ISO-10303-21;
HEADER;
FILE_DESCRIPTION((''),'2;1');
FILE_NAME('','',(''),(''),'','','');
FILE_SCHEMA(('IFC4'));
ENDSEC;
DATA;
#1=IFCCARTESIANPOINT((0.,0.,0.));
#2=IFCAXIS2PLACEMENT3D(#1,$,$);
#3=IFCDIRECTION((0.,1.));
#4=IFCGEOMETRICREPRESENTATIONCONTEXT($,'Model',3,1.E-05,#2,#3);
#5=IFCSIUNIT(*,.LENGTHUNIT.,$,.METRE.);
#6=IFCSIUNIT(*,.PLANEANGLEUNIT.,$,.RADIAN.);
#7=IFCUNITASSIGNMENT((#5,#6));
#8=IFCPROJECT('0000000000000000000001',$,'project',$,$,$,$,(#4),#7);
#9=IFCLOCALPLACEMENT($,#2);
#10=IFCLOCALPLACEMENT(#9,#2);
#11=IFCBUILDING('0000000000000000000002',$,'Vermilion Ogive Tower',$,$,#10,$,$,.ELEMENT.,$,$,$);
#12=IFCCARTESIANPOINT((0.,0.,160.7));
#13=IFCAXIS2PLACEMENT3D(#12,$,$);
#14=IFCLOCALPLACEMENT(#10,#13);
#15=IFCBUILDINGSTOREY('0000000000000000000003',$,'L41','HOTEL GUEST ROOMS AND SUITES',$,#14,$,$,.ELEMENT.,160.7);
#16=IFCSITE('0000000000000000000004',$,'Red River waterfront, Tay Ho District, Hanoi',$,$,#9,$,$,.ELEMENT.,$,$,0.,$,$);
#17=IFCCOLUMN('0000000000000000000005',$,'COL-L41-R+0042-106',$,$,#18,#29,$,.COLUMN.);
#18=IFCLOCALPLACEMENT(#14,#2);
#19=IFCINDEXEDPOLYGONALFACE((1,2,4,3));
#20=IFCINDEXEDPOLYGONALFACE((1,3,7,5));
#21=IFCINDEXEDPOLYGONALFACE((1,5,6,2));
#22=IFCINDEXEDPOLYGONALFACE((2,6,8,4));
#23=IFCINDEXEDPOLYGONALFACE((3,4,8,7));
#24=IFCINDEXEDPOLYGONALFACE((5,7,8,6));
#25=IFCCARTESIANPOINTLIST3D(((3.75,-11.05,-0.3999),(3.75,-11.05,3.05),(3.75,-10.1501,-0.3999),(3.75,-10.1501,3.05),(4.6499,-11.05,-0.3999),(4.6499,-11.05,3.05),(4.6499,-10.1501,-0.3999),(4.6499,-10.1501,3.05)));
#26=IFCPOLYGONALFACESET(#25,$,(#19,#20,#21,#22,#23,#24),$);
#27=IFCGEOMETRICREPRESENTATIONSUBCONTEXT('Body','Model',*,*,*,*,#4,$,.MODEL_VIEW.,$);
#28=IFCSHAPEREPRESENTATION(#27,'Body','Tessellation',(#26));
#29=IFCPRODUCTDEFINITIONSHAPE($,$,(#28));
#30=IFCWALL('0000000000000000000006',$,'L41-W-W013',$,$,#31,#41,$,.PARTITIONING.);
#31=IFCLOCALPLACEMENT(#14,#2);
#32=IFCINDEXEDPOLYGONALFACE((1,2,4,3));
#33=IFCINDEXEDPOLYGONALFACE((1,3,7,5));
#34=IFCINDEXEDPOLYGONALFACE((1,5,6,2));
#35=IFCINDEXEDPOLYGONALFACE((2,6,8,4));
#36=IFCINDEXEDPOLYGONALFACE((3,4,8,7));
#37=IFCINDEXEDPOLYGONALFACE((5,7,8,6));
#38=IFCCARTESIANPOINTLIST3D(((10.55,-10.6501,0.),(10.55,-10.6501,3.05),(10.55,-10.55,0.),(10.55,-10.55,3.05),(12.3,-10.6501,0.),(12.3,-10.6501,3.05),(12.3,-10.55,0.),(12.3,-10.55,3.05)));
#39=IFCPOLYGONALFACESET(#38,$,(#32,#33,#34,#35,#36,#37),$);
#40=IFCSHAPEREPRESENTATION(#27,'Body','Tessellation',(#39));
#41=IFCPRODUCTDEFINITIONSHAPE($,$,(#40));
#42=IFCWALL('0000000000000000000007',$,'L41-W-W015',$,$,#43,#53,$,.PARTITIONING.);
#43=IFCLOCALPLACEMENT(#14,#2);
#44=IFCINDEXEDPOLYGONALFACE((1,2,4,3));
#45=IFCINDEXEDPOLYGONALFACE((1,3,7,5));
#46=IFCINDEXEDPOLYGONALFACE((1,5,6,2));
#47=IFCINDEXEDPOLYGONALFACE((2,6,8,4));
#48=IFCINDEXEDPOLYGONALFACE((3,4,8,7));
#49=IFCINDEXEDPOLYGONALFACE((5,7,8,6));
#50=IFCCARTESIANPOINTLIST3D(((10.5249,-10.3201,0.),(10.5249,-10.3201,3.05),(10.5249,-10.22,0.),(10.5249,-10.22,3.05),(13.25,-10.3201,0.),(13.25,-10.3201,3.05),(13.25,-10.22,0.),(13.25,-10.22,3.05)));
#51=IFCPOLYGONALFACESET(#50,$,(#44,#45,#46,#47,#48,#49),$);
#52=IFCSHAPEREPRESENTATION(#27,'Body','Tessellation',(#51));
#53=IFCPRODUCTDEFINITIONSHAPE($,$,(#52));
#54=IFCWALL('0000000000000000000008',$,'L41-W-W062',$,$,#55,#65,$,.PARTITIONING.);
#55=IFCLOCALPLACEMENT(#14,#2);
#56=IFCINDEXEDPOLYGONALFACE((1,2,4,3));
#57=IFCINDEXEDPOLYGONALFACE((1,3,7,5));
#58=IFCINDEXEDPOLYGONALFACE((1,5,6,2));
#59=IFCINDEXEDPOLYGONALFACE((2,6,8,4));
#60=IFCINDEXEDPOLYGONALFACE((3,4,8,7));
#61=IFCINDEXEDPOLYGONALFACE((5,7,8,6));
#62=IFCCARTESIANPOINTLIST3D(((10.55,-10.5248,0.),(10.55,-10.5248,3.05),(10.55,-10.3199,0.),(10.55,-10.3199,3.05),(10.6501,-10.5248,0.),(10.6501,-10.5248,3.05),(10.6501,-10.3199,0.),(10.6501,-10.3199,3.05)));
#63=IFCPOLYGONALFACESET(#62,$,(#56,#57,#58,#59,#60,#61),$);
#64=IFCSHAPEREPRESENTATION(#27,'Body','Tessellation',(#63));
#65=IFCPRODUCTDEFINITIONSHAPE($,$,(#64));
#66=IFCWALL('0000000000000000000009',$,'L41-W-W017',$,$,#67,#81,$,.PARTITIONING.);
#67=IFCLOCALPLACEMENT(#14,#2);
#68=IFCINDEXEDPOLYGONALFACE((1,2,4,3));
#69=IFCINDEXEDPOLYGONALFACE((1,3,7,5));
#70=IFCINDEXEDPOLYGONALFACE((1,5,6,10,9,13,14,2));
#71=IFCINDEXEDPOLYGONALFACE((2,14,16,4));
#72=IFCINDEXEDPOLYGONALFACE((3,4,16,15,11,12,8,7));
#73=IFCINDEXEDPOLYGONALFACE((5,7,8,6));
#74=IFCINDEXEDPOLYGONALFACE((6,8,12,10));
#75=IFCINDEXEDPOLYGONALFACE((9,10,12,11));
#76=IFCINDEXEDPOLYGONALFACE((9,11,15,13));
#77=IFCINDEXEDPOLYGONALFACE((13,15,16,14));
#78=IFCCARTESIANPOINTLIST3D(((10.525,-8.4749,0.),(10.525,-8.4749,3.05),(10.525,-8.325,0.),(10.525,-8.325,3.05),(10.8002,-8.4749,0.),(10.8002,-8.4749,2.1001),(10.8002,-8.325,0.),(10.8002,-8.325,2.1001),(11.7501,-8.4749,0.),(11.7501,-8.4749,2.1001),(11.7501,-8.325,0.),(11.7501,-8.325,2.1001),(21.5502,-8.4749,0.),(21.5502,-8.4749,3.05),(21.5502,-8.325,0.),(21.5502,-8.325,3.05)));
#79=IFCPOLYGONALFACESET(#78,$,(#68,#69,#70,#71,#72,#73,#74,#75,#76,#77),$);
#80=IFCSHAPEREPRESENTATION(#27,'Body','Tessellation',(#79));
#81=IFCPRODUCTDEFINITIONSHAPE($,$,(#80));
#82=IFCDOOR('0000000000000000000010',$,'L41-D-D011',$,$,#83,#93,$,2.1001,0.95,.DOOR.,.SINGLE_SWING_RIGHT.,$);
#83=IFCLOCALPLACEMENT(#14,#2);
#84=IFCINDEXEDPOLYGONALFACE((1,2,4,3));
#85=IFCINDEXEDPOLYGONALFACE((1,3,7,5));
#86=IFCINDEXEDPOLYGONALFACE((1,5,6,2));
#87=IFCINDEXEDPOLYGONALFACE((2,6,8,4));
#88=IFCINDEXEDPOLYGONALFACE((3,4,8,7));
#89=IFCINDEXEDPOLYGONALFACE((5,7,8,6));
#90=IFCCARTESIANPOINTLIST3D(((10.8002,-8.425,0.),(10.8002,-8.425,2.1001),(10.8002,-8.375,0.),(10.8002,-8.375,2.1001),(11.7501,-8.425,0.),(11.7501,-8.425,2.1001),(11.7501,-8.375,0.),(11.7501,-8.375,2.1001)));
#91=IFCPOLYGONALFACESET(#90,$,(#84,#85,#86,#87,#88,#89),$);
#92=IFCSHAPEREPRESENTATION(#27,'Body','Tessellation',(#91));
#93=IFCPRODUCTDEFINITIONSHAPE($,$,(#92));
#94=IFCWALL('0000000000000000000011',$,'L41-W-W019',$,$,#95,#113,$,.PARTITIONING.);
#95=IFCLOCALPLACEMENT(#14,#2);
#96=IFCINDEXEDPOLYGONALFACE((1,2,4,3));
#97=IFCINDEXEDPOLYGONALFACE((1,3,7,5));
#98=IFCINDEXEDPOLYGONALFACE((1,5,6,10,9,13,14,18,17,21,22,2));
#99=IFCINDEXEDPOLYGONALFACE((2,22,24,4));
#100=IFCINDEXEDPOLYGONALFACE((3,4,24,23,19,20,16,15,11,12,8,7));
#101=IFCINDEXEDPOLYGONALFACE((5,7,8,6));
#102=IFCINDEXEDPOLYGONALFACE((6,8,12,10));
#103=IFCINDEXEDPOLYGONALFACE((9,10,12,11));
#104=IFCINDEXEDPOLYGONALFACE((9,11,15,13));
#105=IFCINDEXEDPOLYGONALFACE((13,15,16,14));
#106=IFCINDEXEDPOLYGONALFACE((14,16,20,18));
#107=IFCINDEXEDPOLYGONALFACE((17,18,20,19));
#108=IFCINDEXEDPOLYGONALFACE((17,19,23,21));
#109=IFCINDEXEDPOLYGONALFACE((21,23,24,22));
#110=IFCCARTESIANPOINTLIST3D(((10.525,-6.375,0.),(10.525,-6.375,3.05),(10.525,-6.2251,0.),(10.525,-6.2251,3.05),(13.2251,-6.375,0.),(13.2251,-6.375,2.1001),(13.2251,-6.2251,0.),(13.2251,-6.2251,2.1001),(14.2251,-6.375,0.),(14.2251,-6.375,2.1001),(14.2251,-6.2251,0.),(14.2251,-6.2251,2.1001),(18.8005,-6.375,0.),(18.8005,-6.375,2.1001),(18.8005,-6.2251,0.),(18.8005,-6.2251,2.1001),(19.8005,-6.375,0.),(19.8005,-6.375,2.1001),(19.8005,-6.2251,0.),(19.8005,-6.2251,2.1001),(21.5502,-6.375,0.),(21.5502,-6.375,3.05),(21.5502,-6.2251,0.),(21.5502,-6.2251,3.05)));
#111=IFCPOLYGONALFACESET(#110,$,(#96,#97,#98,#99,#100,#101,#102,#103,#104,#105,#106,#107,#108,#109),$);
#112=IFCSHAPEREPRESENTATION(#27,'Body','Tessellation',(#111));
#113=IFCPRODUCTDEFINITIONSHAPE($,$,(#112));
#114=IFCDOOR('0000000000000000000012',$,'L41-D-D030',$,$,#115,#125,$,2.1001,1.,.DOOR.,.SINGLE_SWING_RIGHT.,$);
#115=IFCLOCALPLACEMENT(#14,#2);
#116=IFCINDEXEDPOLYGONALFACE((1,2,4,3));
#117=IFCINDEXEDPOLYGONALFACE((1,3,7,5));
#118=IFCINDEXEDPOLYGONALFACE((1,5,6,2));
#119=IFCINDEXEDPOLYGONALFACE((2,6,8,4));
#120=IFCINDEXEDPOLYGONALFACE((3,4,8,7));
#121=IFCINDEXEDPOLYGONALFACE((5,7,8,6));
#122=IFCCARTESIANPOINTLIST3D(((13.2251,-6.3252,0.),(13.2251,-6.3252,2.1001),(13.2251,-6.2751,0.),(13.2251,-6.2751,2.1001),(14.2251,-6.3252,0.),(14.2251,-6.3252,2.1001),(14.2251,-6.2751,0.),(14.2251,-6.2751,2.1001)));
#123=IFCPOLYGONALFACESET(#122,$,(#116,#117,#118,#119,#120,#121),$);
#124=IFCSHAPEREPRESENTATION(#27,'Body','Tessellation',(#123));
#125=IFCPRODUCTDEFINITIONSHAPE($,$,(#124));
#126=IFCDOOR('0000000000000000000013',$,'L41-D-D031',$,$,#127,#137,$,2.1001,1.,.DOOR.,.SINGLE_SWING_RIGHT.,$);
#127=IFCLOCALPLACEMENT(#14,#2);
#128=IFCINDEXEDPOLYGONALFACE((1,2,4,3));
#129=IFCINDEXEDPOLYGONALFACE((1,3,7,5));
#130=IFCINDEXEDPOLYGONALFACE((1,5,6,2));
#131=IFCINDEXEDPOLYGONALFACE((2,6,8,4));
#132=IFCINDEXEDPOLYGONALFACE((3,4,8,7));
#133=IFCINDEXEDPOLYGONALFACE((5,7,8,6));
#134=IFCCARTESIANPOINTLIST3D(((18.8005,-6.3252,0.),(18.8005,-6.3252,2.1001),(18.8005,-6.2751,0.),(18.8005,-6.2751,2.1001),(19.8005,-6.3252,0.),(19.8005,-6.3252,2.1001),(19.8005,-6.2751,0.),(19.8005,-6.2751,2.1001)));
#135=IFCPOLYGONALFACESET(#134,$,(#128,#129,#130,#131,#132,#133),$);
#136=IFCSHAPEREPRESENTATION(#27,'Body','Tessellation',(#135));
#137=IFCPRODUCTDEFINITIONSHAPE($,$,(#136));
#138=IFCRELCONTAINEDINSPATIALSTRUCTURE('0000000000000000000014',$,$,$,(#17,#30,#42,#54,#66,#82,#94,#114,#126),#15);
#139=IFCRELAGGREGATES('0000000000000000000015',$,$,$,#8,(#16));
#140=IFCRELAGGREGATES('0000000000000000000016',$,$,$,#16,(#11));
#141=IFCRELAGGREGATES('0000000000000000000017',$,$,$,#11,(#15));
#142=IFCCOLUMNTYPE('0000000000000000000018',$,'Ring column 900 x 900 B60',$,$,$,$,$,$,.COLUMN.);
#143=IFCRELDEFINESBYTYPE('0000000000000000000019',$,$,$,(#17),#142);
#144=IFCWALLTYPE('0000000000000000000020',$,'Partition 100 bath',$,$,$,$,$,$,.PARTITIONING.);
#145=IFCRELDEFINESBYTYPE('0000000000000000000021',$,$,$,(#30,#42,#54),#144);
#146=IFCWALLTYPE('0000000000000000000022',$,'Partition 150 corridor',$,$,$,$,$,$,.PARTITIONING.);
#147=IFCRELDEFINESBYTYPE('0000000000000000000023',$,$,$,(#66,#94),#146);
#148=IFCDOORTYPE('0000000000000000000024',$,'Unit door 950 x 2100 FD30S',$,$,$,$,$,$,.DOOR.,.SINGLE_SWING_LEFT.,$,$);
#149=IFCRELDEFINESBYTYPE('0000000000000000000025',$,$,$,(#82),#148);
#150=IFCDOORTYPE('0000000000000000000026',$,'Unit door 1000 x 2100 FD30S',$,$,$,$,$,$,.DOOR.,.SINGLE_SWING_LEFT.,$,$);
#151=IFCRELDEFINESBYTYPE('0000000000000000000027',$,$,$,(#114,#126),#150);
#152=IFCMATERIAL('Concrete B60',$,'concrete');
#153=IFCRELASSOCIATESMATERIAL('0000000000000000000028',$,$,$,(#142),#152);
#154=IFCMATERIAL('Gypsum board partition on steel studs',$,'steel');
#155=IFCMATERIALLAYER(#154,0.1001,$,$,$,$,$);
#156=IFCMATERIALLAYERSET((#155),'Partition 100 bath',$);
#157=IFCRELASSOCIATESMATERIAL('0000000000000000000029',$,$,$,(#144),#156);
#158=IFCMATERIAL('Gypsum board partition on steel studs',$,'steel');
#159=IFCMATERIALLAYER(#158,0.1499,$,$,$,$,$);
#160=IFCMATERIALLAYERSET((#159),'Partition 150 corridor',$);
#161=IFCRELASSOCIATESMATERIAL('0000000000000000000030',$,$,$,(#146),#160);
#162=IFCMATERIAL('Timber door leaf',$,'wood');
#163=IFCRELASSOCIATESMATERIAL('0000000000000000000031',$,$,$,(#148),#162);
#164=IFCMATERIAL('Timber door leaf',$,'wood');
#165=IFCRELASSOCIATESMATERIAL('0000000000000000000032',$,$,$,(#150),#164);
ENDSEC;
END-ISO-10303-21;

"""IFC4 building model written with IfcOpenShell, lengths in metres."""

from ifc_helpers import new_model, si_unit, direction, frame, frame_2d, origin, origin_2d, place, context, subcontext, project, spatial, rectangle, extrude, material, layer, layer_set, material_profile, profile_set, type_object, element, fill, save


model = new_model("IFC4")

# Units and contexts
model_context = context("Model", 3, precision=1e-05, world=origin(), true_north=direction((0.0, 1.0)))
body_context = subcontext(model_context, "Body", "Model", "MODEL_VIEW")
ifc_project = project(units=[si_unit("LENGTHUNIT", "METRE"), si_unit("PLANEANGLEUNIT", "RADIAN")], contexts=[model_context])

# Site, building, storey
site_placement = place(None, origin())
site = spatial("IfcSite", under=ifc_project, at=site_placement, Name="Red River waterfront, Tay Ho District, Hanoi", CompositionType="ELEMENT", RefElevation=0.0)
building_placement = place(site_placement, origin())
building = spatial("IfcBuilding", under=site, at=building_placement, Name="Vermilion Ogive Tower", CompositionType="ELEMENT")
storey_placement = place(building_placement, frame((0.0, 0.0, 160.7)))
storey = spatial("IfcBuildingStorey", under=building, at=storey_placement, Name="L41", Description="HOTEL GUEST ROOMS AND SUITES", CompositionType="ELEMENT", Elevation=160.7)

# Column
ifc_material_1 = material(Name="Concrete B60", Category="concrete")
ifc_material_profile = material_profile(ifc_material_1, rectangle(XDim=0.8999, YDim=0.8999, at=origin_2d()), Name="900 x 900")
ifc_profile_set = profile_set([ifc_material_profile], Name="Concrete B60")
column_type = type_object("IfcColumnType", Name="Ring column 900 x 900 B60", PredefinedType="COLUMN", material=ifc_profile_set)
column_placement = place(storey_placement, frame((4.2, -10.6001, -0.3999), z_axis=(0.0, 0.0, 1.0), x_axis=(1.0, 0.0, 0.0)))
element("IfcColumn", 1, at=column_placement, inside=storey, type_object=column_type, Name="COL-L41-R+0042-106", PredefinedType="COLUMN", context=body_context, shape_type="SweptSolid", body=[
    extrude(rectangle(XDim=0.8999, YDim=0.8999, at=origin_2d()), origin(), (0.0, 0.0, 1.0), 3.45),
])

# Walls
ifc_material_2 = material(Name="Gypsum board partition on steel studs", Category="steel")
ifc_layer_1 = layer(ifc_material_2, 0.1001)
ifc_layer_set_1 = layer_set([ifc_layer_1], Name="Partition 100 bath")
wall_type_1 = type_object("IfcWallType", Name="Partition 100 bath", PredefinedType="PARTITIONING", material=ifc_layer_set_1)
wall_1_placement = place(storey_placement, frame((10.55, -10.6001, 0.0), z_axis=(0.0, 0.0, 1.0), x_axis=(1.0, 0.0, 0.0)))
element("IfcWall", 2, at=wall_1_placement, inside=storey, type_object=wall_type_1, Name="L41-W-W013", PredefinedType="PARTITIONING", context=body_context, shape_type="SweptSolid", body=[
    extrude(rectangle(XDim=1.75, YDim=0.1001, at=frame_2d((0.875, 0.0))), origin(), (0.0, 0.0, 1.0), 3.05),
])
wall_2_placement = place(storey_placement, frame((10.5249, -10.27, 0.0), z_axis=(0.0, 0.0, 1.0), x_axis=(1.0, 0.0, 0.0)))
element("IfcWall", 3, at=wall_2_placement, inside=storey, type_object=wall_type_1, Name="L41-W-W015", PredefinedType="PARTITIONING", context=body_context, shape_type="SweptSolid", body=[
    extrude(rectangle(XDim=2.7251, YDim=0.1001, at=frame_2d((1.3625, 0.0))), origin(), (0.0, 0.0, 1.0), 3.05),
])
wall_3_placement = place(storey_placement, frame((10.6001, -10.5249, 0.0), z_axis=(0.0, 0.0, 1.0), x_axis=(0.0, 1.0, 0.0)))
element("IfcWall", 4, at=wall_3_placement, inside=storey, type_object=wall_type_1, Name="L41-W-W062", PredefinedType="PARTITIONING", context=body_context, shape_type="SweptSolid", body=[
    extrude(rectangle(XDim=0.2048, YDim=0.1001, at=frame_2d((0.1025, 0.0))), origin(), (0.0, 0.0, 1.0), 3.05),
])

# Wall, opening, door
ifc_material_3 = material(Name="Gypsum board partition on steel studs", Category="steel")
ifc_layer_2 = layer(ifc_material_3, 0.1499)
ifc_layer_set_2 = layer_set([ifc_layer_2], Name="Partition 150 corridor")
wall_type_2 = type_object("IfcWallType", Name="Partition 150 corridor", PredefinedType="PARTITIONING", material=ifc_layer_set_2)
wall_4_placement = place(storey_placement, frame((10.5249, -8.3999, 0.0), z_axis=(0.0, 0.0, 1.0), x_axis=(1.0, 0.0, 0.0)))
wall_4 = element("IfcWall", 5, at=wall_4_placement, inside=storey, type_object=wall_type_2, Name="L41-W-W017", PredefinedType="PARTITIONING", context=body_context, shape_type="SweptSolid", body=[
    extrude(rectangle(XDim=11.0251, YDim=0.1499, at=frame_2d((5.5127, 0.0))), origin(), (0.0, 0.0, 1.0), 3.05),
])
opening_1_placement = place(wall_4_placement, frame((0.2751, 0.0, 0.0)))
opening_1 = element("IfcOpeningElement", 6, at=opening_1_placement, cuts=wall_4, PredefinedType="OPENING", context=body_context, shape_type="SweptSolid", body=[
    extrude(rectangle(XDim=0.95, YDim=2.1001, at=frame_2d((0.4751, 1.05))), frame((0.0, 0.085, 0.0), z_axis=(0.0, -1.0, 0.0), x_axis=(1.0, 0.0, 0.0)), (0.0, 0.0, 1.0), 0.1699),
])
ifc_material_4 = material(Name="Timber door leaf", Category="wood")
door_type_1 = type_object("IfcDoorType", Name="Unit door 950 x 2100 FD30S", OperationType="SINGLE_SWING_LEFT", PredefinedType="DOOR", material=ifc_material_4)
door_1_placement = place(opening_1_placement, origin())
door_1 = element("IfcDoor", 7, at=door_1_placement, inside=storey, type_object=door_type_1, Name="L41-D-D011", OperationType="SINGLE_SWING_RIGHT", OverallHeight=2.1001, OverallWidth=0.95, PredefinedType="DOOR", context=body_context, shape_type="SweptSolid", body=[
    extrude(rectangle(XDim=0.95, YDim=2.1001, at=frame_2d((0.4751, 1.05))), frame((0.0, 0.0249, 0.0), z_axis=(0.0, -1.0, 0.0), x_axis=(1.0, 0.0, 0.0)), (0.0, 0.0, 1.0), 0.05),
])
fill(opening_1, door_1)

# Wall, openings, doors
wall_5_placement = place(storey_placement, frame((10.5249, -6.3, 0.0), z_axis=(0.0, 0.0, 1.0), x_axis=(1.0, 0.0, 0.0)))
wall_5 = element("IfcWall", 8, at=wall_5_placement, inside=storey, type_object=wall_type_2, Name="L41-W-W019", PredefinedType="PARTITIONING", context=body_context, shape_type="SweptSolid", body=[
    extrude(rectangle(XDim=11.0251, YDim=0.1499, at=frame_2d((5.5127, 0.0))), origin(), (0.0, 0.0, 1.0), 3.05),
])
opening_2_placement = place(wall_5_placement, frame((2.7002, 0.0, 0.0)))
opening_2 = element("IfcOpeningElement", 9, at=opening_2_placement, cuts=wall_5, PredefinedType="OPENING", context=body_context, shape_type="SweptSolid", body=[
    extrude(rectangle(XDim=1.0, YDim=2.1001, at=frame_2d((0.5, 1.05))), frame((0.0, 0.085, 0.0), z_axis=(0.0, -1.0, 0.0), x_axis=(1.0, 0.0, 0.0)), (0.0, 0.0, 1.0), 0.1699),
])
opening_3_placement = place(wall_5_placement, frame((8.2756, 0.0, 0.0)))
opening_3 = element("IfcOpeningElement", 10, at=opening_3_placement, cuts=wall_5, PredefinedType="OPENING", context=body_context, shape_type="SweptSolid", body=[
    extrude(rectangle(XDim=1.0, YDim=2.1001, at=frame_2d((0.5, 1.05))), frame((0.0, 0.085, 0.0), z_axis=(0.0, -1.0, 0.0), x_axis=(1.0, 0.0, 0.0)), (0.0, 0.0, 1.0), 0.1699),
])
ifc_material_5 = material(Name="Timber door leaf", Category="wood")
door_type_2 = type_object("IfcDoorType", Name="Unit door 1000 x 2100 FD30S", OperationType="SINGLE_SWING_LEFT", PredefinedType="DOOR", material=ifc_material_5)
door_2_placement = place(opening_2_placement, origin())
door_2 = element("IfcDoor", 11, at=door_2_placement, inside=storey, type_object=door_type_2, Name="L41-D-D030", OperationType="SINGLE_SWING_RIGHT", OverallHeight=2.1001, OverallWidth=1.0, PredefinedType="DOOR", context=body_context, shape_type="SweptSolid", body=[
    extrude(rectangle(XDim=1.0, YDim=2.1001, at=frame_2d((0.5, 1.05))), frame((0.0, 0.0249, 0.0), z_axis=(0.0, -1.0, 0.0), x_axis=(1.0, 0.0, 0.0)), (0.0, 0.0, 1.0), 0.05),
])
fill(opening_2, door_2)
door_3_placement = place(opening_3_placement, origin())
door_3 = element("IfcDoor", 12, at=door_3_placement, inside=storey, type_object=door_type_2, Name="L41-D-D031", OperationType="SINGLE_SWING_RIGHT", OverallHeight=2.1001, OverallWidth=1.0, PredefinedType="DOOR", context=body_context, shape_type="SweptSolid", body=[
    extrude(rectangle(XDim=1.0, YDim=2.1001, at=frame_2d((0.5, 1.05))), frame((0.0, 0.0249, 0.0), z_axis=(0.0, -1.0, 0.0), x_axis=(1.0, 0.0, 0.0)), (0.0, 0.0, 1.0), 0.05),
])
fill(opening_3, door_3)

save(model, "model.ifc")
